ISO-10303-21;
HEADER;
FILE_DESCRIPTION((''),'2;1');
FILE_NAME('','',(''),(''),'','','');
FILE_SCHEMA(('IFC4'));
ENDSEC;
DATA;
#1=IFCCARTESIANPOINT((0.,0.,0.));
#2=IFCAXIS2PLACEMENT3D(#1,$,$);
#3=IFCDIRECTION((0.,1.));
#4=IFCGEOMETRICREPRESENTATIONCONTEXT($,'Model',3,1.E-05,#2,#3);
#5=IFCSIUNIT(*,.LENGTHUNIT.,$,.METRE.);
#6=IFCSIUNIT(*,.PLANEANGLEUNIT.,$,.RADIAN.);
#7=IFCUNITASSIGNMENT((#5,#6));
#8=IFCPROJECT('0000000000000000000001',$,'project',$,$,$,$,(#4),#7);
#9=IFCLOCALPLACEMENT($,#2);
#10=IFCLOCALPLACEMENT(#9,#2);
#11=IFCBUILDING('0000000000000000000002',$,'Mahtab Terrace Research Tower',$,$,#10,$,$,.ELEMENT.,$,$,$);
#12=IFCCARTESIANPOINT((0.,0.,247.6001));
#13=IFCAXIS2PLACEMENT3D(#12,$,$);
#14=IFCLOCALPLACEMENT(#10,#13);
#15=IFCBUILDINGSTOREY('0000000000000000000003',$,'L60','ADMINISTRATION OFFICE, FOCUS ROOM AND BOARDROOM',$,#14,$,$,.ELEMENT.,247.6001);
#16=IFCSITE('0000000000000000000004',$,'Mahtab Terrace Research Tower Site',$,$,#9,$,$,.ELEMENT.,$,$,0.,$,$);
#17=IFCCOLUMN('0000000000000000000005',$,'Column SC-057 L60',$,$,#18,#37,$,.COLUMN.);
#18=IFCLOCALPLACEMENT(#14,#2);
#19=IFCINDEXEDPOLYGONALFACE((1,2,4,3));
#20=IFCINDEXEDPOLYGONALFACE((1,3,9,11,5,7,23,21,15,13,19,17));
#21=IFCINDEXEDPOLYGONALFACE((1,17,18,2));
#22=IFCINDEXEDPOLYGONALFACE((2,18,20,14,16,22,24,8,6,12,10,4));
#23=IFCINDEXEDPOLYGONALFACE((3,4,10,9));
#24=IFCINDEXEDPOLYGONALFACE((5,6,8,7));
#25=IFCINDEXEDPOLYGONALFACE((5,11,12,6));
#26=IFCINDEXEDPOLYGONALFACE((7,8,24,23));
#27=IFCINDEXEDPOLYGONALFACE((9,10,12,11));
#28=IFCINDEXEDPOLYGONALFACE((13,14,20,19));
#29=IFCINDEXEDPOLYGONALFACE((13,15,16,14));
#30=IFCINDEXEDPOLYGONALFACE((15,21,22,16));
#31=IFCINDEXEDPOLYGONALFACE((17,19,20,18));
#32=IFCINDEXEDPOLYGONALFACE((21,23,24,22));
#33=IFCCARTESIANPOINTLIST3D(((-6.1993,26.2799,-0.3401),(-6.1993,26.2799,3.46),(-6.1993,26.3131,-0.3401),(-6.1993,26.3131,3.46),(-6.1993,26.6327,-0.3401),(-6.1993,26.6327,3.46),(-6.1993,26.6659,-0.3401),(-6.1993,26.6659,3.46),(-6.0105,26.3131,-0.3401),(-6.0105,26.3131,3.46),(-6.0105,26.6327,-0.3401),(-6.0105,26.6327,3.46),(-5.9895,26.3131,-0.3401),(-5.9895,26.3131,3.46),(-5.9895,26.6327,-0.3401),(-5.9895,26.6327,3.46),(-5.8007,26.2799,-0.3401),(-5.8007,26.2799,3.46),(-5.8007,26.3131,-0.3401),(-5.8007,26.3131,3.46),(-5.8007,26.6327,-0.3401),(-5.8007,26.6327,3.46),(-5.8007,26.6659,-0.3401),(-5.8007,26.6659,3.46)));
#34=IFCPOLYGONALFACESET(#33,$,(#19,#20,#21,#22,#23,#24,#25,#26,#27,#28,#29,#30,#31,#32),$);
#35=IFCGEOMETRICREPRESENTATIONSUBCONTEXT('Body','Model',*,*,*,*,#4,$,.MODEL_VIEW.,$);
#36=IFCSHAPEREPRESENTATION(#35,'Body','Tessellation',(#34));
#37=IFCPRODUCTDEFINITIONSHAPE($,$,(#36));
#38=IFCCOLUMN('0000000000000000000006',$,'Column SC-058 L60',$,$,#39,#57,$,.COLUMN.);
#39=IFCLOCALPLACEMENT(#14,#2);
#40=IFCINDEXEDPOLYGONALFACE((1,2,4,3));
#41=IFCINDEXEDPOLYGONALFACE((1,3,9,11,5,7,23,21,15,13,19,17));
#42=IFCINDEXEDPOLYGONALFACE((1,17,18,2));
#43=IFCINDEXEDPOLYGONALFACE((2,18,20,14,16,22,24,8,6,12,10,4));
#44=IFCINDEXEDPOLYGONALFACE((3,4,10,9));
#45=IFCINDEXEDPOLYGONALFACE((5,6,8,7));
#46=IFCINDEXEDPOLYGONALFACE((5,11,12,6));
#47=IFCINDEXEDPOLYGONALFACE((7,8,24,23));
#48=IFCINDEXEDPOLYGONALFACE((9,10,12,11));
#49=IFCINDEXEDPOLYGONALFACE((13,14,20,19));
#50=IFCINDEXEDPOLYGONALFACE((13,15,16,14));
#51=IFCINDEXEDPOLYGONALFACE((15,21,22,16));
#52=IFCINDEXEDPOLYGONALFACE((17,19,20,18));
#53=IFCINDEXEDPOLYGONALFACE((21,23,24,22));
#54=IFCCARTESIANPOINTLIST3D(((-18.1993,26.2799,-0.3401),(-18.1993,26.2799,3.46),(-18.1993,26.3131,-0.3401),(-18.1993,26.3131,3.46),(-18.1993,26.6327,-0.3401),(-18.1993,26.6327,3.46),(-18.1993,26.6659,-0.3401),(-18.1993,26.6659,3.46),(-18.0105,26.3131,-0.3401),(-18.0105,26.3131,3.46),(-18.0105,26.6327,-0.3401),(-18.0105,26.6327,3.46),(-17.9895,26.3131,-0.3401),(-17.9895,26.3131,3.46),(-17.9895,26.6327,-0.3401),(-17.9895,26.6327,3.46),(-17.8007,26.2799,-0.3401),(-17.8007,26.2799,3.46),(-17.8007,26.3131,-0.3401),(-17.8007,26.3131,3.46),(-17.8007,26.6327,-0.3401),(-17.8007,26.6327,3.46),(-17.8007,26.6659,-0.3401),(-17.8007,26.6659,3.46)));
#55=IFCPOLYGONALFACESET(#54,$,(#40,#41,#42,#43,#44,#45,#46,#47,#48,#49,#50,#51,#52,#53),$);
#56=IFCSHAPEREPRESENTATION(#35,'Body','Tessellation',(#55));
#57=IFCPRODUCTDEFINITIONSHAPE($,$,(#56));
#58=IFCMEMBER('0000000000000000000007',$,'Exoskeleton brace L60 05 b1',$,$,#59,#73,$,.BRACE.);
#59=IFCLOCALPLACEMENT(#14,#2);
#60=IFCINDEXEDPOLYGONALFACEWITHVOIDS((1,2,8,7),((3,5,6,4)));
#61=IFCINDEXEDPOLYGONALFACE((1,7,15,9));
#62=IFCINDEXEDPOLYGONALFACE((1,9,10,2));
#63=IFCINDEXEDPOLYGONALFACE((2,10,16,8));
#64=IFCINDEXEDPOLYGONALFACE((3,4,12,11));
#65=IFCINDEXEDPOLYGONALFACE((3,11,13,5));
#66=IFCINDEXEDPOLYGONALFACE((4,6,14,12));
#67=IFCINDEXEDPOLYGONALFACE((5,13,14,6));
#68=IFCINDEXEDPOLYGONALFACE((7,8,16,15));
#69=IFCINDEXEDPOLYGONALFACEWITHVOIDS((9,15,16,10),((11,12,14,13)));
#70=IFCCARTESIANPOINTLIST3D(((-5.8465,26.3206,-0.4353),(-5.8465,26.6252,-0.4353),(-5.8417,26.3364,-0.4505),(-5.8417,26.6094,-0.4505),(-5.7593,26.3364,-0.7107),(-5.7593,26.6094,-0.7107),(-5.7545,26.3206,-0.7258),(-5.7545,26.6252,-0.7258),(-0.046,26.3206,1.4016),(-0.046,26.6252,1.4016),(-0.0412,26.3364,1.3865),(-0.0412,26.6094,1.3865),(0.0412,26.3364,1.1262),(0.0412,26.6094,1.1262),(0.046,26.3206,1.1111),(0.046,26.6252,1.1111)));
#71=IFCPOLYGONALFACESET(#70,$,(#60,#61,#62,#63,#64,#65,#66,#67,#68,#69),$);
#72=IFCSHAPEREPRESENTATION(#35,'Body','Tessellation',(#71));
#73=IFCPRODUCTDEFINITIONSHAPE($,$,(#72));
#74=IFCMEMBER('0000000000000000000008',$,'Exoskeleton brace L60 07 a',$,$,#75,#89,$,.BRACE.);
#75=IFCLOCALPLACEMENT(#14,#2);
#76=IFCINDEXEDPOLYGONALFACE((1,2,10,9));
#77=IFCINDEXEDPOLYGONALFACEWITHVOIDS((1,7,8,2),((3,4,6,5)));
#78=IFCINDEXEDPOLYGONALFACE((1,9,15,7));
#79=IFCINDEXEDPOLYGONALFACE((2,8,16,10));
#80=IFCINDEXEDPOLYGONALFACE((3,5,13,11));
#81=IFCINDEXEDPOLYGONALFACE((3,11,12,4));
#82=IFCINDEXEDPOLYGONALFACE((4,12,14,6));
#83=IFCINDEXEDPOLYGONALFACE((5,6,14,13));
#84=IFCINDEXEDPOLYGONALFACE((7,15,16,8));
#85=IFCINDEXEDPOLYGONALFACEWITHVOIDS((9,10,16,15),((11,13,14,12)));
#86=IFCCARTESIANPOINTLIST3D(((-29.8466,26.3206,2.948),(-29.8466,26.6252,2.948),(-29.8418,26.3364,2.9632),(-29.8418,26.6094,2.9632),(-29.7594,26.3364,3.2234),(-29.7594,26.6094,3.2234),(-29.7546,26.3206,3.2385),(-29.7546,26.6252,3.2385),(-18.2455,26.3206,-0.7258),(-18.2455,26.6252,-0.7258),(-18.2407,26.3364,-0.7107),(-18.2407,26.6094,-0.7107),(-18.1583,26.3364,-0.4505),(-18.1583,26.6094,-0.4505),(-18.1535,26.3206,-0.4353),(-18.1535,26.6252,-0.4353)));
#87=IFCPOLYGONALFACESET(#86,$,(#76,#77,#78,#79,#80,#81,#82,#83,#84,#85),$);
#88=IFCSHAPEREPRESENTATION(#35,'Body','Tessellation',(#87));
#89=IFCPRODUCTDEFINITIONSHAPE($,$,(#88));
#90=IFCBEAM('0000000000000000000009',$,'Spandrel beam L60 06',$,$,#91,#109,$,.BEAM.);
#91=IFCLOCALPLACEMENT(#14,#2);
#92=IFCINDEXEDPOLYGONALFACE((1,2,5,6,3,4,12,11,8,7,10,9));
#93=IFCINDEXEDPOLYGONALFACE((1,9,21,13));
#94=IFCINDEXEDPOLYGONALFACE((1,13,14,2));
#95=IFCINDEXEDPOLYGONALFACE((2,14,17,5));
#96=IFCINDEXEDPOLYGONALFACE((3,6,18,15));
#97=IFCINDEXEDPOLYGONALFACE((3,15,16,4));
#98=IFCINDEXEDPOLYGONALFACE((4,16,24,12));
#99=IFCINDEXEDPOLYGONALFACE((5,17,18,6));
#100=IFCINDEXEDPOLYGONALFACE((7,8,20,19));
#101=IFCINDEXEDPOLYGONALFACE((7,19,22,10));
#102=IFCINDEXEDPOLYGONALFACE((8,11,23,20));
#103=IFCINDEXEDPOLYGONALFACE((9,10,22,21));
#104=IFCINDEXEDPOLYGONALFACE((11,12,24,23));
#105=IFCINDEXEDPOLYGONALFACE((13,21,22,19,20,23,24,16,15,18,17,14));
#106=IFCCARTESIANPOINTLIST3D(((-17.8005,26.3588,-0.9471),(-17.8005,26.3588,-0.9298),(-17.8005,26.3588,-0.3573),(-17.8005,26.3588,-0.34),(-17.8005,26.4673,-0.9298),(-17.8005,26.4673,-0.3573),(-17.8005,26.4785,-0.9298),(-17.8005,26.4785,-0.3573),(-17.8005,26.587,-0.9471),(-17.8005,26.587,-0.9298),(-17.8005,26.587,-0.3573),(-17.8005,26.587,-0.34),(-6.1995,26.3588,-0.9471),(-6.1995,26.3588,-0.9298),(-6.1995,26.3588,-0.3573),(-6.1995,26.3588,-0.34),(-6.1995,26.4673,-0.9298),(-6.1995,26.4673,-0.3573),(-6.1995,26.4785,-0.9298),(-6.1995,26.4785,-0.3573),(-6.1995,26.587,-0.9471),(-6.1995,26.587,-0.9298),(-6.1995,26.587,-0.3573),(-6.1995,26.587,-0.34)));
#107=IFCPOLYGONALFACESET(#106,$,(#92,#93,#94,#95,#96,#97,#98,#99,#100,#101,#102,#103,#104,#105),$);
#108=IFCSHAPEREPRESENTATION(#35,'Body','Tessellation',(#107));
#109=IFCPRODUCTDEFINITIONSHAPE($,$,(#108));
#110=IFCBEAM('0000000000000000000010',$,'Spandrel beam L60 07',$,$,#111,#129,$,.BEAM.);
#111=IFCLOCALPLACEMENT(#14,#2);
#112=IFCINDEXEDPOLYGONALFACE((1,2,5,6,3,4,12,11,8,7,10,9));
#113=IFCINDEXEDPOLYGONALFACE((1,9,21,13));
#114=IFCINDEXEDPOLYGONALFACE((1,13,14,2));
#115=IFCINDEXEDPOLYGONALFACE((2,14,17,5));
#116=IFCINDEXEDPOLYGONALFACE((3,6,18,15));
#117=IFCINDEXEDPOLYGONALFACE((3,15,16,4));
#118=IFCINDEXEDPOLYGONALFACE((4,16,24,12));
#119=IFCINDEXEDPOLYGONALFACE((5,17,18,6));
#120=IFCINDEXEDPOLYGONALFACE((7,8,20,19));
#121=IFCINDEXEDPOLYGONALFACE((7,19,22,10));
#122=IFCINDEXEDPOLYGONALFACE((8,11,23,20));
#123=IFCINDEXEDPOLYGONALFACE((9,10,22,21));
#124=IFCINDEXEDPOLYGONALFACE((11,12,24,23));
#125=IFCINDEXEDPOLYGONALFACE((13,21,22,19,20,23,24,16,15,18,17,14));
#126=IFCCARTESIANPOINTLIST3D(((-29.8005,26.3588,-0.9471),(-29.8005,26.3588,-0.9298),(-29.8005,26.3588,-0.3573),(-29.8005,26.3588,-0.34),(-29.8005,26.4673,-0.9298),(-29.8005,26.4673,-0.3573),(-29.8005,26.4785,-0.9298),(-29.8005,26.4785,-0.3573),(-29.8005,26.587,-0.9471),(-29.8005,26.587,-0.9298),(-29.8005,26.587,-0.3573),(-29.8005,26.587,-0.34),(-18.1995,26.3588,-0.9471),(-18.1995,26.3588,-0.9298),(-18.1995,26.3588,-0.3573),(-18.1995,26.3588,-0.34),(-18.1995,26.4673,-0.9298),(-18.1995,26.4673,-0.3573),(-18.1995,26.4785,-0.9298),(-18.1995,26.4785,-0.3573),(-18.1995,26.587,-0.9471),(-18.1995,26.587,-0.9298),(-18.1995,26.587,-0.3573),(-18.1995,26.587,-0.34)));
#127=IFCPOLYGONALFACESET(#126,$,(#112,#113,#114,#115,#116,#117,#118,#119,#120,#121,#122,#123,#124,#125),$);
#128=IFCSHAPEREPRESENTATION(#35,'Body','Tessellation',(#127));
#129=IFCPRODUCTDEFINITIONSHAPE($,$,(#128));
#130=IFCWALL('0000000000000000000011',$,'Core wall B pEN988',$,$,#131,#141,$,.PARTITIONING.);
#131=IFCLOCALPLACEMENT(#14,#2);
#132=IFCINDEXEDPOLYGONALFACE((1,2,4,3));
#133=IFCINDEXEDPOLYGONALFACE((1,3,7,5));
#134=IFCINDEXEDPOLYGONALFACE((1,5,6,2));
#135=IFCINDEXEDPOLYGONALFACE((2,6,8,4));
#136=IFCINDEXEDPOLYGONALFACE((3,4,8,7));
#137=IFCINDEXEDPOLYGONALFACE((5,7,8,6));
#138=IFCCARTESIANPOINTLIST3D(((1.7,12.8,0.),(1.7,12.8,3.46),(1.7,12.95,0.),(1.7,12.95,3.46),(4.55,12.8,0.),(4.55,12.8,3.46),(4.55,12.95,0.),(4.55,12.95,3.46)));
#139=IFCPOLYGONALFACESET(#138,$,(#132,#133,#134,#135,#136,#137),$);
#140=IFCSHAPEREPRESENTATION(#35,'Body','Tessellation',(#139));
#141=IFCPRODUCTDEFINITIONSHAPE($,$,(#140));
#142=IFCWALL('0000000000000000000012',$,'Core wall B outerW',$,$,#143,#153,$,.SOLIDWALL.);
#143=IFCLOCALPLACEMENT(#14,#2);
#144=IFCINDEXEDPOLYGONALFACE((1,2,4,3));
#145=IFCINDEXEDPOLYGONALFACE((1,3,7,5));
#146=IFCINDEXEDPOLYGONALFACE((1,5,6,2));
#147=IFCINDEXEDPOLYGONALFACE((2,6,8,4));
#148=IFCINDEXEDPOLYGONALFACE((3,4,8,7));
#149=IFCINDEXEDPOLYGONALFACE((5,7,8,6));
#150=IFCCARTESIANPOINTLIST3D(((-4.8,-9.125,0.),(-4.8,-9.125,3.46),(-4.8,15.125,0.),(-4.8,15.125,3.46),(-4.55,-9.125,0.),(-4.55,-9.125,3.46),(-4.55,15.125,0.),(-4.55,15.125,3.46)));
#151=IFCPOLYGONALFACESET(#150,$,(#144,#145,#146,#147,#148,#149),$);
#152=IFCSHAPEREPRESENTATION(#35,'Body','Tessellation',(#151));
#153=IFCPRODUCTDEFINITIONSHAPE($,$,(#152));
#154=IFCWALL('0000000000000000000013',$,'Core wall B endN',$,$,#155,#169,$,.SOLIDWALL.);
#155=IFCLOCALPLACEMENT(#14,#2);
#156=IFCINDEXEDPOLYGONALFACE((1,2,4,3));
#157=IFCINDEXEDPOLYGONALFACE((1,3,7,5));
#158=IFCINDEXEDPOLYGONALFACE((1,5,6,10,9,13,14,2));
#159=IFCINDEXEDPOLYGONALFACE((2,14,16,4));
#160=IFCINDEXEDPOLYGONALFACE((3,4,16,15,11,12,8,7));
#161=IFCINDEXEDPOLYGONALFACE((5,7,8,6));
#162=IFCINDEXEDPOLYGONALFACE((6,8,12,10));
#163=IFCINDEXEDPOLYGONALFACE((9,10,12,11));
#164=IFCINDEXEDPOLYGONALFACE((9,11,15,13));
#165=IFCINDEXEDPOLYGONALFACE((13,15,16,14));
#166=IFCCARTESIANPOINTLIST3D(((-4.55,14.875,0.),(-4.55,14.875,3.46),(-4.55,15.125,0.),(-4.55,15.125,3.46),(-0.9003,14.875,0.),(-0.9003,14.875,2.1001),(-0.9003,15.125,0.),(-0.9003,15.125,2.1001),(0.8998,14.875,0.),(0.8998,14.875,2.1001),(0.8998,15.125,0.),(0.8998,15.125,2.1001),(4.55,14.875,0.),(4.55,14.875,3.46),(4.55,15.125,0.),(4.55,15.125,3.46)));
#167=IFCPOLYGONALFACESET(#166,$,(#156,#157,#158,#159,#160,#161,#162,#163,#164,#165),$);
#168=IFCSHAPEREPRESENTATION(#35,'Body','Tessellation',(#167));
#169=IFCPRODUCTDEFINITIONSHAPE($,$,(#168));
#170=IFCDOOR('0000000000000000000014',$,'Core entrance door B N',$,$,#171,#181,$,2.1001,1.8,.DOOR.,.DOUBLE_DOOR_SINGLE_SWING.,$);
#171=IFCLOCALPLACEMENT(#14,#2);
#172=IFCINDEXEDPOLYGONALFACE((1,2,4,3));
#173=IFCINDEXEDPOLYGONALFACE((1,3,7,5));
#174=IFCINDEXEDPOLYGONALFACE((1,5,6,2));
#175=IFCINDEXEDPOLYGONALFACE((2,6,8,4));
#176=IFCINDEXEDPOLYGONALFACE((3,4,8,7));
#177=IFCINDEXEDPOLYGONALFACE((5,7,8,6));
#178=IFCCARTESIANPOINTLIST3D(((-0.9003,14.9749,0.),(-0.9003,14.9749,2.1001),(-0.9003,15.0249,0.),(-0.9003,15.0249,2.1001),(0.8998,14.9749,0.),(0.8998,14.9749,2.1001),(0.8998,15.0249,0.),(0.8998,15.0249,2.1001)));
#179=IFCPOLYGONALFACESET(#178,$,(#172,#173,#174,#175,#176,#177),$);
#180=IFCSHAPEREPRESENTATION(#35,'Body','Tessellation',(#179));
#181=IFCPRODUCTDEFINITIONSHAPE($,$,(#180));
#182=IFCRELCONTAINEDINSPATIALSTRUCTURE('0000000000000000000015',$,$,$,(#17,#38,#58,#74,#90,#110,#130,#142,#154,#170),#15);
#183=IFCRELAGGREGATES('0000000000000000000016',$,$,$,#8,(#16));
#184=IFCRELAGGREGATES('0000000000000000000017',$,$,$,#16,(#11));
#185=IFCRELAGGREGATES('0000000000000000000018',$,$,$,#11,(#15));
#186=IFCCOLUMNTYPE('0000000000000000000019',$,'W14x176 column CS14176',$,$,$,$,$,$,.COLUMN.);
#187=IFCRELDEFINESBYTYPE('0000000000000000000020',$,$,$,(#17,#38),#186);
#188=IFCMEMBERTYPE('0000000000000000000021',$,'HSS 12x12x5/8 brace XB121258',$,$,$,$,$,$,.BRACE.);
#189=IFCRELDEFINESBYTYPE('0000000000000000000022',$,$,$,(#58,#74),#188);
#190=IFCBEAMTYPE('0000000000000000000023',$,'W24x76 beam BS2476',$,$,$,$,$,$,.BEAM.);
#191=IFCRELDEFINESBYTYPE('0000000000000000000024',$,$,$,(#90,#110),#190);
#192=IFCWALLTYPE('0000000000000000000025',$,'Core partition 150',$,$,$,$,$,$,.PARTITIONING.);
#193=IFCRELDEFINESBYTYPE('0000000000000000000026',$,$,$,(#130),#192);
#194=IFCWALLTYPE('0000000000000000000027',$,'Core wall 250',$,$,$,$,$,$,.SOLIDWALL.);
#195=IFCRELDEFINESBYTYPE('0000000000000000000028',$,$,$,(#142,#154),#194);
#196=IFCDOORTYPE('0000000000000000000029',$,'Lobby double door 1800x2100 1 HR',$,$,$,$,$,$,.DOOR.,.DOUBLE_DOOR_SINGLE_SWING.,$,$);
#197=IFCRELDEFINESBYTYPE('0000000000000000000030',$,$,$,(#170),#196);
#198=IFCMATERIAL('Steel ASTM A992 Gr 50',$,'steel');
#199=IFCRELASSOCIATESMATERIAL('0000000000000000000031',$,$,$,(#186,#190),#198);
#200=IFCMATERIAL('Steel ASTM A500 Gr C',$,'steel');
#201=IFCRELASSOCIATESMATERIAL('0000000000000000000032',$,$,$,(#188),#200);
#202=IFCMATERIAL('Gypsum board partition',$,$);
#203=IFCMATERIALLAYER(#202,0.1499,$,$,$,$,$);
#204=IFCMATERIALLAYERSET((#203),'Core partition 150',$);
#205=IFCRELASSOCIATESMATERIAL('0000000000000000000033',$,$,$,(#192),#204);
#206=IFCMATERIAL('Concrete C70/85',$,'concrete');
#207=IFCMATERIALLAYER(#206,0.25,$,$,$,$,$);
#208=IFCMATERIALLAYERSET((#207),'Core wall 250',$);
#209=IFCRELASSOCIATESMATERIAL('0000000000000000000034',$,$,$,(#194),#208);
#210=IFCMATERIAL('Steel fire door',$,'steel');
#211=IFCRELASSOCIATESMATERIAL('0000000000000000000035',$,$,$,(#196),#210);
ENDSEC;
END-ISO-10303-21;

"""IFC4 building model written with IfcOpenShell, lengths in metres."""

from ifc_helpers import new_model, si_unit, direction, frame, frame_2d, origin, origin_2d, place, context, subcontext, project, spatial, rectangle, hollow_rectangle, i_section, extrude, material, layer, layer_set, material_profile, profile_set, type_object, element, fill, save


model = new_model("IFC4")

# Units and contexts
model_context = context("Model", 3, precision=1e-05, world=origin(), true_north=direction((0.0, 1.0)))
body_context = subcontext(model_context, "Body", "Model", "MODEL_VIEW")
ifc_project = project(units=[si_unit("LENGTHUNIT", "METRE"), si_unit("PLANEANGLEUNIT", "RADIAN")], contexts=[model_context])

# Site, building, storey
site_placement = place(None, origin())
site = spatial("IfcSite", under=ifc_project, at=site_placement, Name="Mahtab Terrace Research Tower Site", CompositionType="ELEMENT", RefElevation=0.0)
building_placement = place(site_placement, origin())
building = spatial("IfcBuilding", under=site, at=building_placement, Name="Mahtab Terrace Research Tower", CompositionType="ELEMENT")
storey_placement = place(building_placement, frame((0.0, 0.0, 247.6001)))
storey = spatial("IfcBuildingStorey", under=building, at=storey_placement, Name="L60", Description="ADMINISTRATION OFFICE, FOCUS ROOM AND BOARDROOM", CompositionType="ELEMENT", Elevation=247.6001)

# Columns
ifc_material_1 = material(Name="Steel ASTM A992 Gr 50", Category="steel")
ifc_material_profile_1 = material_profile(ifc_material_1, i_section(OverallWidth=0.3987, OverallDepth=0.386, WebThickness=0.021, FlangeThickness=0.0332, at=origin_2d()), Name="W14X176")
ifc_profile_set_1 = profile_set([ifc_material_profile_1], Name="Steel ASTM A992 Gr 50")
column_type = type_object("IfcColumnType", Name="W14x176 column CS14176", PredefinedType="COLUMN", material=ifc_profile_set_1)
for number, where, z_axis, x_axis, name in (
    (1, (-6.0, 26.4729, -0.3401), (0.0, 0.0, 1.0), (1.0, 0.0, 0.0), "Column SC-057 L60"),
    (2, (-18.0, 26.4729, -0.3401), (0.0, 0.0, 1.0), (1.0, 0.0, 0.0), "Column SC-058 L60"),
):
    element("IfcColumn", number, at=place(storey_placement, frame(where, z_axis=z_axis, x_axis=x_axis)), inside=storey, type_object=column_type, Name=name, PredefinedType="COLUMN", context=body_context, shape_type="SweptSolid", body=[
        extrude(i_section(OverallWidth=0.3987, OverallDepth=0.386, WebThickness=0.021, FlangeThickness=0.0332, at=origin_2d()), origin(), (0.0, 0.0, 1.0), 3.8),
    ])

# Members
ifc_material_2 = material(Name="Steel ASTM A500 Gr C", Category="steel")
ifc_material_profile_2 = material_profile(ifc_material_2, hollow_rectangle(XDim=0.3047, YDim=0.3047, WallThickness=0.0159, at=origin_2d()), Name="HSS12X12X5/8")
ifc_profile_set_2 = profile_set([ifc_material_profile_2], Name="Steel ASTM A500 Gr C")
member_type = type_object("IfcMemberType", Name="HSS 12x12x5/8 brace XB121258", PredefinedType="BRACE", material=ifc_profile_set_2)
member_1_placement = place(storey_placement, frame((-5.8005, 26.4729, -0.5806), z_axis=(0.953339, 0.0, 0.301903), x_axis=(0.0, 1.0, 0.0)))
element("IfcMember", 3, at=member_1_placement, inside=storey, type_object=member_type, Name="Exoskeleton brace L60 05 b1", PredefinedType="BRACE", context=body_context, shape_type="SweptSolid", body=[
    extrude(hollow_rectangle(XDim=0.3047, YDim=0.3047, WallThickness=0.0159, at=origin_2d()), origin(), (0.0, 0.0, 1.0), 6.0845),
])
member_2_placement = place(storey_placement, frame((-18.1995, 26.4729, -0.5806), z_axis=(-0.953339, 0.0, 0.301903), x_axis=(0.0, -1.0, 0.0)))
element("IfcMember", 4, at=member_2_placement, inside=storey, type_object=member_type, Name="Exoskeleton brace L60 07 a", PredefinedType="BRACE", context=body_context, shape_type="SweptSolid", body=[
    extrude(hollow_rectangle(XDim=0.3047, YDim=0.3047, WallThickness=0.0159, at=origin_2d()), origin(), (0.0, 0.0, 1.0), 12.1689),
])

# Beams
ifc_material_profile_3 = material_profile(ifc_material_1, i_section(OverallWidth=0.2283, OverallDepth=0.6072, WebThickness=0.0112, FlangeThickness=0.0173, at=origin_2d()), Name="W24X76")
ifc_profile_set_3 = profile_set([ifc_material_profile_3], Name="Steel ASTM A992 Gr 50")
beam_type = type_object("IfcBeamType", Name="W24x76 beam BS2476", PredefinedType="BEAM", material=ifc_profile_set_3)
for number, where, z_axis, x_axis, name in (
    (5, (-6.1995, 26.4729, -0.6436), (-1.0, 0.0, 0.0), (0.0, -1.0, 0.0), "Spandrel beam L60 06"),
    (6, (-18.1995, 26.4729, -0.6436), (-1.0, 0.0, 0.0), (0.0, -1.0, 0.0), "Spandrel beam L60 07"),
):
    element("IfcBeam", number, at=place(storey_placement, frame(where, z_axis=z_axis, x_axis=x_axis)), inside=storey, type_object=beam_type, Name=name, PredefinedType="BEAM", context=body_context, shape_type="SweptSolid", body=[
        extrude(i_section(OverallWidth=0.2283, OverallDepth=0.6072, WebThickness=0.0112, FlangeThickness=0.0173, at=origin_2d()), origin(), (0.0, 0.0, 1.0), 11.6011),
    ])

# Walls
ifc_material_3 = material(Name="Gypsum board partition")
ifc_layer_1 = layer(ifc_material_3, 0.1499)
ifc_layer_set_1 = layer_set([ifc_layer_1], Name="Core partition 150")
wall_type_1 = type_object("IfcWallType", Name="Core partition 150", PredefinedType="PARTITIONING", material=ifc_layer_set_1)
wall_1_placement = place(storey_placement, frame((1.7, 12.875, 0.0), z_axis=(0.0, 0.0, 1.0), x_axis=(1.0, 0.0, 0.0)))
element("IfcWall", 7, at=wall_1_placement, inside=storey, type_object=wall_type_1, Name="Core wall B pEN988", PredefinedType="PARTITIONING", context=body_context, shape_type="SweptSolid", body=[
    extrude(rectangle(XDim=2.8501, YDim=0.1499, at=frame_2d((1.425, 0.0))), origin(), (0.0, 0.0, 1.0), 3.46),
])
ifc_material_4 = material(Name="Concrete C70/85", Category="concrete")
ifc_layer_2 = layer(ifc_material_4, 0.25)
ifc_layer_set_2 = layer_set([ifc_layer_2], Name="Core wall 250")
wall_type_2 = type_object("IfcWallType", Name="Core wall 250", PredefinedType="SOLIDWALL", material=ifc_layer_set_2)
wall_2_placement = place(storey_placement, frame((-4.675, 15.125, 0.0), z_axis=(0.0, 0.0, 1.0), x_axis=(0.0, -1.0, 0.0)))
element("IfcWall", 8, at=wall_2_placement, inside=storey, type_object=wall_type_2, Name="Core wall B outerW", PredefinedType="SOLIDWALL", context=body_context, shape_type="SweptSolid", body=[
    extrude(rectangle(XDim=24.25, YDim=0.25, at=frame_2d((12.125, 0.0))), origin(), (0.0, 0.0, 1.0), 3.46),
])

# Wall, opening, door
wall_3_placement = place(storey_placement, frame((-4.55, 15.0, 0.0), z_axis=(0.0, 0.0, 1.0), x_axis=(1.0, 0.0, 0.0)))
wall_3 = element("IfcWall", 9, at=wall_3_placement, inside=storey, type_object=wall_type_2, Name="Core wall B endN", PredefinedType="SOLIDWALL", context=body_context, shape_type="SweptSolid", body=[
    extrude(rectangle(XDim=9.1001, YDim=0.25, at=frame_2d((4.55, 0.0))), origin(), (0.0, 0.0, 1.0), 3.46),
])
opening_1_placement = place(wall_3_placement, frame((3.6499, 0.0, 0.0)))
opening_1 = element("IfcOpeningElement", 10, at=opening_1_placement, cuts=wall_3, PredefinedType="OPENING", context=body_context, shape_type="SweptSolid", body=[
    extrude(rectangle(XDim=1.8, YDim=2.1001, at=frame_2d((0.8999, 1.05))), frame((0.0, 0.135, 0.0), z_axis=(0.0, -1.0, 0.0), x_axis=(1.0, 0.0, 0.0)), (0.0, 0.0, 1.0), 0.27),
])
ifc_material_5 = material(Name="Steel fire door", Category="steel")
door_type_1 = type_object("IfcDoorType", Name="Lobby double door 1800x2100 1 HR", OperationType="DOUBLE_DOOR_SINGLE_SWING", PredefinedType="DOOR", material=ifc_material_5)
door_1_placement = place(opening_1_placement, origin())
door_1 = element("IfcDoor", 11, at=door_1_placement, inside=storey, type_object=door_type_1, Name="Core entrance door B N", OperationType="DOUBLE_DOOR_SINGLE_SWING", OverallHeight=2.1001, OverallWidth=1.8, PredefinedType="DOOR", context=body_context, shape_type="SweptSolid", body=[
    extrude(rectangle(XDim=1.8, YDim=2.1001, at=frame_2d((0.8999, 1.05))), frame((0.0, 0.0249, 0.0), z_axis=(0.0, -1.0, 0.0), x_axis=(1.0, 0.0, 0.0)), (0.0, 0.0, 1.0), 0.05),
])
fill(opening_1, door_1)

save(model, "model.ifc")
